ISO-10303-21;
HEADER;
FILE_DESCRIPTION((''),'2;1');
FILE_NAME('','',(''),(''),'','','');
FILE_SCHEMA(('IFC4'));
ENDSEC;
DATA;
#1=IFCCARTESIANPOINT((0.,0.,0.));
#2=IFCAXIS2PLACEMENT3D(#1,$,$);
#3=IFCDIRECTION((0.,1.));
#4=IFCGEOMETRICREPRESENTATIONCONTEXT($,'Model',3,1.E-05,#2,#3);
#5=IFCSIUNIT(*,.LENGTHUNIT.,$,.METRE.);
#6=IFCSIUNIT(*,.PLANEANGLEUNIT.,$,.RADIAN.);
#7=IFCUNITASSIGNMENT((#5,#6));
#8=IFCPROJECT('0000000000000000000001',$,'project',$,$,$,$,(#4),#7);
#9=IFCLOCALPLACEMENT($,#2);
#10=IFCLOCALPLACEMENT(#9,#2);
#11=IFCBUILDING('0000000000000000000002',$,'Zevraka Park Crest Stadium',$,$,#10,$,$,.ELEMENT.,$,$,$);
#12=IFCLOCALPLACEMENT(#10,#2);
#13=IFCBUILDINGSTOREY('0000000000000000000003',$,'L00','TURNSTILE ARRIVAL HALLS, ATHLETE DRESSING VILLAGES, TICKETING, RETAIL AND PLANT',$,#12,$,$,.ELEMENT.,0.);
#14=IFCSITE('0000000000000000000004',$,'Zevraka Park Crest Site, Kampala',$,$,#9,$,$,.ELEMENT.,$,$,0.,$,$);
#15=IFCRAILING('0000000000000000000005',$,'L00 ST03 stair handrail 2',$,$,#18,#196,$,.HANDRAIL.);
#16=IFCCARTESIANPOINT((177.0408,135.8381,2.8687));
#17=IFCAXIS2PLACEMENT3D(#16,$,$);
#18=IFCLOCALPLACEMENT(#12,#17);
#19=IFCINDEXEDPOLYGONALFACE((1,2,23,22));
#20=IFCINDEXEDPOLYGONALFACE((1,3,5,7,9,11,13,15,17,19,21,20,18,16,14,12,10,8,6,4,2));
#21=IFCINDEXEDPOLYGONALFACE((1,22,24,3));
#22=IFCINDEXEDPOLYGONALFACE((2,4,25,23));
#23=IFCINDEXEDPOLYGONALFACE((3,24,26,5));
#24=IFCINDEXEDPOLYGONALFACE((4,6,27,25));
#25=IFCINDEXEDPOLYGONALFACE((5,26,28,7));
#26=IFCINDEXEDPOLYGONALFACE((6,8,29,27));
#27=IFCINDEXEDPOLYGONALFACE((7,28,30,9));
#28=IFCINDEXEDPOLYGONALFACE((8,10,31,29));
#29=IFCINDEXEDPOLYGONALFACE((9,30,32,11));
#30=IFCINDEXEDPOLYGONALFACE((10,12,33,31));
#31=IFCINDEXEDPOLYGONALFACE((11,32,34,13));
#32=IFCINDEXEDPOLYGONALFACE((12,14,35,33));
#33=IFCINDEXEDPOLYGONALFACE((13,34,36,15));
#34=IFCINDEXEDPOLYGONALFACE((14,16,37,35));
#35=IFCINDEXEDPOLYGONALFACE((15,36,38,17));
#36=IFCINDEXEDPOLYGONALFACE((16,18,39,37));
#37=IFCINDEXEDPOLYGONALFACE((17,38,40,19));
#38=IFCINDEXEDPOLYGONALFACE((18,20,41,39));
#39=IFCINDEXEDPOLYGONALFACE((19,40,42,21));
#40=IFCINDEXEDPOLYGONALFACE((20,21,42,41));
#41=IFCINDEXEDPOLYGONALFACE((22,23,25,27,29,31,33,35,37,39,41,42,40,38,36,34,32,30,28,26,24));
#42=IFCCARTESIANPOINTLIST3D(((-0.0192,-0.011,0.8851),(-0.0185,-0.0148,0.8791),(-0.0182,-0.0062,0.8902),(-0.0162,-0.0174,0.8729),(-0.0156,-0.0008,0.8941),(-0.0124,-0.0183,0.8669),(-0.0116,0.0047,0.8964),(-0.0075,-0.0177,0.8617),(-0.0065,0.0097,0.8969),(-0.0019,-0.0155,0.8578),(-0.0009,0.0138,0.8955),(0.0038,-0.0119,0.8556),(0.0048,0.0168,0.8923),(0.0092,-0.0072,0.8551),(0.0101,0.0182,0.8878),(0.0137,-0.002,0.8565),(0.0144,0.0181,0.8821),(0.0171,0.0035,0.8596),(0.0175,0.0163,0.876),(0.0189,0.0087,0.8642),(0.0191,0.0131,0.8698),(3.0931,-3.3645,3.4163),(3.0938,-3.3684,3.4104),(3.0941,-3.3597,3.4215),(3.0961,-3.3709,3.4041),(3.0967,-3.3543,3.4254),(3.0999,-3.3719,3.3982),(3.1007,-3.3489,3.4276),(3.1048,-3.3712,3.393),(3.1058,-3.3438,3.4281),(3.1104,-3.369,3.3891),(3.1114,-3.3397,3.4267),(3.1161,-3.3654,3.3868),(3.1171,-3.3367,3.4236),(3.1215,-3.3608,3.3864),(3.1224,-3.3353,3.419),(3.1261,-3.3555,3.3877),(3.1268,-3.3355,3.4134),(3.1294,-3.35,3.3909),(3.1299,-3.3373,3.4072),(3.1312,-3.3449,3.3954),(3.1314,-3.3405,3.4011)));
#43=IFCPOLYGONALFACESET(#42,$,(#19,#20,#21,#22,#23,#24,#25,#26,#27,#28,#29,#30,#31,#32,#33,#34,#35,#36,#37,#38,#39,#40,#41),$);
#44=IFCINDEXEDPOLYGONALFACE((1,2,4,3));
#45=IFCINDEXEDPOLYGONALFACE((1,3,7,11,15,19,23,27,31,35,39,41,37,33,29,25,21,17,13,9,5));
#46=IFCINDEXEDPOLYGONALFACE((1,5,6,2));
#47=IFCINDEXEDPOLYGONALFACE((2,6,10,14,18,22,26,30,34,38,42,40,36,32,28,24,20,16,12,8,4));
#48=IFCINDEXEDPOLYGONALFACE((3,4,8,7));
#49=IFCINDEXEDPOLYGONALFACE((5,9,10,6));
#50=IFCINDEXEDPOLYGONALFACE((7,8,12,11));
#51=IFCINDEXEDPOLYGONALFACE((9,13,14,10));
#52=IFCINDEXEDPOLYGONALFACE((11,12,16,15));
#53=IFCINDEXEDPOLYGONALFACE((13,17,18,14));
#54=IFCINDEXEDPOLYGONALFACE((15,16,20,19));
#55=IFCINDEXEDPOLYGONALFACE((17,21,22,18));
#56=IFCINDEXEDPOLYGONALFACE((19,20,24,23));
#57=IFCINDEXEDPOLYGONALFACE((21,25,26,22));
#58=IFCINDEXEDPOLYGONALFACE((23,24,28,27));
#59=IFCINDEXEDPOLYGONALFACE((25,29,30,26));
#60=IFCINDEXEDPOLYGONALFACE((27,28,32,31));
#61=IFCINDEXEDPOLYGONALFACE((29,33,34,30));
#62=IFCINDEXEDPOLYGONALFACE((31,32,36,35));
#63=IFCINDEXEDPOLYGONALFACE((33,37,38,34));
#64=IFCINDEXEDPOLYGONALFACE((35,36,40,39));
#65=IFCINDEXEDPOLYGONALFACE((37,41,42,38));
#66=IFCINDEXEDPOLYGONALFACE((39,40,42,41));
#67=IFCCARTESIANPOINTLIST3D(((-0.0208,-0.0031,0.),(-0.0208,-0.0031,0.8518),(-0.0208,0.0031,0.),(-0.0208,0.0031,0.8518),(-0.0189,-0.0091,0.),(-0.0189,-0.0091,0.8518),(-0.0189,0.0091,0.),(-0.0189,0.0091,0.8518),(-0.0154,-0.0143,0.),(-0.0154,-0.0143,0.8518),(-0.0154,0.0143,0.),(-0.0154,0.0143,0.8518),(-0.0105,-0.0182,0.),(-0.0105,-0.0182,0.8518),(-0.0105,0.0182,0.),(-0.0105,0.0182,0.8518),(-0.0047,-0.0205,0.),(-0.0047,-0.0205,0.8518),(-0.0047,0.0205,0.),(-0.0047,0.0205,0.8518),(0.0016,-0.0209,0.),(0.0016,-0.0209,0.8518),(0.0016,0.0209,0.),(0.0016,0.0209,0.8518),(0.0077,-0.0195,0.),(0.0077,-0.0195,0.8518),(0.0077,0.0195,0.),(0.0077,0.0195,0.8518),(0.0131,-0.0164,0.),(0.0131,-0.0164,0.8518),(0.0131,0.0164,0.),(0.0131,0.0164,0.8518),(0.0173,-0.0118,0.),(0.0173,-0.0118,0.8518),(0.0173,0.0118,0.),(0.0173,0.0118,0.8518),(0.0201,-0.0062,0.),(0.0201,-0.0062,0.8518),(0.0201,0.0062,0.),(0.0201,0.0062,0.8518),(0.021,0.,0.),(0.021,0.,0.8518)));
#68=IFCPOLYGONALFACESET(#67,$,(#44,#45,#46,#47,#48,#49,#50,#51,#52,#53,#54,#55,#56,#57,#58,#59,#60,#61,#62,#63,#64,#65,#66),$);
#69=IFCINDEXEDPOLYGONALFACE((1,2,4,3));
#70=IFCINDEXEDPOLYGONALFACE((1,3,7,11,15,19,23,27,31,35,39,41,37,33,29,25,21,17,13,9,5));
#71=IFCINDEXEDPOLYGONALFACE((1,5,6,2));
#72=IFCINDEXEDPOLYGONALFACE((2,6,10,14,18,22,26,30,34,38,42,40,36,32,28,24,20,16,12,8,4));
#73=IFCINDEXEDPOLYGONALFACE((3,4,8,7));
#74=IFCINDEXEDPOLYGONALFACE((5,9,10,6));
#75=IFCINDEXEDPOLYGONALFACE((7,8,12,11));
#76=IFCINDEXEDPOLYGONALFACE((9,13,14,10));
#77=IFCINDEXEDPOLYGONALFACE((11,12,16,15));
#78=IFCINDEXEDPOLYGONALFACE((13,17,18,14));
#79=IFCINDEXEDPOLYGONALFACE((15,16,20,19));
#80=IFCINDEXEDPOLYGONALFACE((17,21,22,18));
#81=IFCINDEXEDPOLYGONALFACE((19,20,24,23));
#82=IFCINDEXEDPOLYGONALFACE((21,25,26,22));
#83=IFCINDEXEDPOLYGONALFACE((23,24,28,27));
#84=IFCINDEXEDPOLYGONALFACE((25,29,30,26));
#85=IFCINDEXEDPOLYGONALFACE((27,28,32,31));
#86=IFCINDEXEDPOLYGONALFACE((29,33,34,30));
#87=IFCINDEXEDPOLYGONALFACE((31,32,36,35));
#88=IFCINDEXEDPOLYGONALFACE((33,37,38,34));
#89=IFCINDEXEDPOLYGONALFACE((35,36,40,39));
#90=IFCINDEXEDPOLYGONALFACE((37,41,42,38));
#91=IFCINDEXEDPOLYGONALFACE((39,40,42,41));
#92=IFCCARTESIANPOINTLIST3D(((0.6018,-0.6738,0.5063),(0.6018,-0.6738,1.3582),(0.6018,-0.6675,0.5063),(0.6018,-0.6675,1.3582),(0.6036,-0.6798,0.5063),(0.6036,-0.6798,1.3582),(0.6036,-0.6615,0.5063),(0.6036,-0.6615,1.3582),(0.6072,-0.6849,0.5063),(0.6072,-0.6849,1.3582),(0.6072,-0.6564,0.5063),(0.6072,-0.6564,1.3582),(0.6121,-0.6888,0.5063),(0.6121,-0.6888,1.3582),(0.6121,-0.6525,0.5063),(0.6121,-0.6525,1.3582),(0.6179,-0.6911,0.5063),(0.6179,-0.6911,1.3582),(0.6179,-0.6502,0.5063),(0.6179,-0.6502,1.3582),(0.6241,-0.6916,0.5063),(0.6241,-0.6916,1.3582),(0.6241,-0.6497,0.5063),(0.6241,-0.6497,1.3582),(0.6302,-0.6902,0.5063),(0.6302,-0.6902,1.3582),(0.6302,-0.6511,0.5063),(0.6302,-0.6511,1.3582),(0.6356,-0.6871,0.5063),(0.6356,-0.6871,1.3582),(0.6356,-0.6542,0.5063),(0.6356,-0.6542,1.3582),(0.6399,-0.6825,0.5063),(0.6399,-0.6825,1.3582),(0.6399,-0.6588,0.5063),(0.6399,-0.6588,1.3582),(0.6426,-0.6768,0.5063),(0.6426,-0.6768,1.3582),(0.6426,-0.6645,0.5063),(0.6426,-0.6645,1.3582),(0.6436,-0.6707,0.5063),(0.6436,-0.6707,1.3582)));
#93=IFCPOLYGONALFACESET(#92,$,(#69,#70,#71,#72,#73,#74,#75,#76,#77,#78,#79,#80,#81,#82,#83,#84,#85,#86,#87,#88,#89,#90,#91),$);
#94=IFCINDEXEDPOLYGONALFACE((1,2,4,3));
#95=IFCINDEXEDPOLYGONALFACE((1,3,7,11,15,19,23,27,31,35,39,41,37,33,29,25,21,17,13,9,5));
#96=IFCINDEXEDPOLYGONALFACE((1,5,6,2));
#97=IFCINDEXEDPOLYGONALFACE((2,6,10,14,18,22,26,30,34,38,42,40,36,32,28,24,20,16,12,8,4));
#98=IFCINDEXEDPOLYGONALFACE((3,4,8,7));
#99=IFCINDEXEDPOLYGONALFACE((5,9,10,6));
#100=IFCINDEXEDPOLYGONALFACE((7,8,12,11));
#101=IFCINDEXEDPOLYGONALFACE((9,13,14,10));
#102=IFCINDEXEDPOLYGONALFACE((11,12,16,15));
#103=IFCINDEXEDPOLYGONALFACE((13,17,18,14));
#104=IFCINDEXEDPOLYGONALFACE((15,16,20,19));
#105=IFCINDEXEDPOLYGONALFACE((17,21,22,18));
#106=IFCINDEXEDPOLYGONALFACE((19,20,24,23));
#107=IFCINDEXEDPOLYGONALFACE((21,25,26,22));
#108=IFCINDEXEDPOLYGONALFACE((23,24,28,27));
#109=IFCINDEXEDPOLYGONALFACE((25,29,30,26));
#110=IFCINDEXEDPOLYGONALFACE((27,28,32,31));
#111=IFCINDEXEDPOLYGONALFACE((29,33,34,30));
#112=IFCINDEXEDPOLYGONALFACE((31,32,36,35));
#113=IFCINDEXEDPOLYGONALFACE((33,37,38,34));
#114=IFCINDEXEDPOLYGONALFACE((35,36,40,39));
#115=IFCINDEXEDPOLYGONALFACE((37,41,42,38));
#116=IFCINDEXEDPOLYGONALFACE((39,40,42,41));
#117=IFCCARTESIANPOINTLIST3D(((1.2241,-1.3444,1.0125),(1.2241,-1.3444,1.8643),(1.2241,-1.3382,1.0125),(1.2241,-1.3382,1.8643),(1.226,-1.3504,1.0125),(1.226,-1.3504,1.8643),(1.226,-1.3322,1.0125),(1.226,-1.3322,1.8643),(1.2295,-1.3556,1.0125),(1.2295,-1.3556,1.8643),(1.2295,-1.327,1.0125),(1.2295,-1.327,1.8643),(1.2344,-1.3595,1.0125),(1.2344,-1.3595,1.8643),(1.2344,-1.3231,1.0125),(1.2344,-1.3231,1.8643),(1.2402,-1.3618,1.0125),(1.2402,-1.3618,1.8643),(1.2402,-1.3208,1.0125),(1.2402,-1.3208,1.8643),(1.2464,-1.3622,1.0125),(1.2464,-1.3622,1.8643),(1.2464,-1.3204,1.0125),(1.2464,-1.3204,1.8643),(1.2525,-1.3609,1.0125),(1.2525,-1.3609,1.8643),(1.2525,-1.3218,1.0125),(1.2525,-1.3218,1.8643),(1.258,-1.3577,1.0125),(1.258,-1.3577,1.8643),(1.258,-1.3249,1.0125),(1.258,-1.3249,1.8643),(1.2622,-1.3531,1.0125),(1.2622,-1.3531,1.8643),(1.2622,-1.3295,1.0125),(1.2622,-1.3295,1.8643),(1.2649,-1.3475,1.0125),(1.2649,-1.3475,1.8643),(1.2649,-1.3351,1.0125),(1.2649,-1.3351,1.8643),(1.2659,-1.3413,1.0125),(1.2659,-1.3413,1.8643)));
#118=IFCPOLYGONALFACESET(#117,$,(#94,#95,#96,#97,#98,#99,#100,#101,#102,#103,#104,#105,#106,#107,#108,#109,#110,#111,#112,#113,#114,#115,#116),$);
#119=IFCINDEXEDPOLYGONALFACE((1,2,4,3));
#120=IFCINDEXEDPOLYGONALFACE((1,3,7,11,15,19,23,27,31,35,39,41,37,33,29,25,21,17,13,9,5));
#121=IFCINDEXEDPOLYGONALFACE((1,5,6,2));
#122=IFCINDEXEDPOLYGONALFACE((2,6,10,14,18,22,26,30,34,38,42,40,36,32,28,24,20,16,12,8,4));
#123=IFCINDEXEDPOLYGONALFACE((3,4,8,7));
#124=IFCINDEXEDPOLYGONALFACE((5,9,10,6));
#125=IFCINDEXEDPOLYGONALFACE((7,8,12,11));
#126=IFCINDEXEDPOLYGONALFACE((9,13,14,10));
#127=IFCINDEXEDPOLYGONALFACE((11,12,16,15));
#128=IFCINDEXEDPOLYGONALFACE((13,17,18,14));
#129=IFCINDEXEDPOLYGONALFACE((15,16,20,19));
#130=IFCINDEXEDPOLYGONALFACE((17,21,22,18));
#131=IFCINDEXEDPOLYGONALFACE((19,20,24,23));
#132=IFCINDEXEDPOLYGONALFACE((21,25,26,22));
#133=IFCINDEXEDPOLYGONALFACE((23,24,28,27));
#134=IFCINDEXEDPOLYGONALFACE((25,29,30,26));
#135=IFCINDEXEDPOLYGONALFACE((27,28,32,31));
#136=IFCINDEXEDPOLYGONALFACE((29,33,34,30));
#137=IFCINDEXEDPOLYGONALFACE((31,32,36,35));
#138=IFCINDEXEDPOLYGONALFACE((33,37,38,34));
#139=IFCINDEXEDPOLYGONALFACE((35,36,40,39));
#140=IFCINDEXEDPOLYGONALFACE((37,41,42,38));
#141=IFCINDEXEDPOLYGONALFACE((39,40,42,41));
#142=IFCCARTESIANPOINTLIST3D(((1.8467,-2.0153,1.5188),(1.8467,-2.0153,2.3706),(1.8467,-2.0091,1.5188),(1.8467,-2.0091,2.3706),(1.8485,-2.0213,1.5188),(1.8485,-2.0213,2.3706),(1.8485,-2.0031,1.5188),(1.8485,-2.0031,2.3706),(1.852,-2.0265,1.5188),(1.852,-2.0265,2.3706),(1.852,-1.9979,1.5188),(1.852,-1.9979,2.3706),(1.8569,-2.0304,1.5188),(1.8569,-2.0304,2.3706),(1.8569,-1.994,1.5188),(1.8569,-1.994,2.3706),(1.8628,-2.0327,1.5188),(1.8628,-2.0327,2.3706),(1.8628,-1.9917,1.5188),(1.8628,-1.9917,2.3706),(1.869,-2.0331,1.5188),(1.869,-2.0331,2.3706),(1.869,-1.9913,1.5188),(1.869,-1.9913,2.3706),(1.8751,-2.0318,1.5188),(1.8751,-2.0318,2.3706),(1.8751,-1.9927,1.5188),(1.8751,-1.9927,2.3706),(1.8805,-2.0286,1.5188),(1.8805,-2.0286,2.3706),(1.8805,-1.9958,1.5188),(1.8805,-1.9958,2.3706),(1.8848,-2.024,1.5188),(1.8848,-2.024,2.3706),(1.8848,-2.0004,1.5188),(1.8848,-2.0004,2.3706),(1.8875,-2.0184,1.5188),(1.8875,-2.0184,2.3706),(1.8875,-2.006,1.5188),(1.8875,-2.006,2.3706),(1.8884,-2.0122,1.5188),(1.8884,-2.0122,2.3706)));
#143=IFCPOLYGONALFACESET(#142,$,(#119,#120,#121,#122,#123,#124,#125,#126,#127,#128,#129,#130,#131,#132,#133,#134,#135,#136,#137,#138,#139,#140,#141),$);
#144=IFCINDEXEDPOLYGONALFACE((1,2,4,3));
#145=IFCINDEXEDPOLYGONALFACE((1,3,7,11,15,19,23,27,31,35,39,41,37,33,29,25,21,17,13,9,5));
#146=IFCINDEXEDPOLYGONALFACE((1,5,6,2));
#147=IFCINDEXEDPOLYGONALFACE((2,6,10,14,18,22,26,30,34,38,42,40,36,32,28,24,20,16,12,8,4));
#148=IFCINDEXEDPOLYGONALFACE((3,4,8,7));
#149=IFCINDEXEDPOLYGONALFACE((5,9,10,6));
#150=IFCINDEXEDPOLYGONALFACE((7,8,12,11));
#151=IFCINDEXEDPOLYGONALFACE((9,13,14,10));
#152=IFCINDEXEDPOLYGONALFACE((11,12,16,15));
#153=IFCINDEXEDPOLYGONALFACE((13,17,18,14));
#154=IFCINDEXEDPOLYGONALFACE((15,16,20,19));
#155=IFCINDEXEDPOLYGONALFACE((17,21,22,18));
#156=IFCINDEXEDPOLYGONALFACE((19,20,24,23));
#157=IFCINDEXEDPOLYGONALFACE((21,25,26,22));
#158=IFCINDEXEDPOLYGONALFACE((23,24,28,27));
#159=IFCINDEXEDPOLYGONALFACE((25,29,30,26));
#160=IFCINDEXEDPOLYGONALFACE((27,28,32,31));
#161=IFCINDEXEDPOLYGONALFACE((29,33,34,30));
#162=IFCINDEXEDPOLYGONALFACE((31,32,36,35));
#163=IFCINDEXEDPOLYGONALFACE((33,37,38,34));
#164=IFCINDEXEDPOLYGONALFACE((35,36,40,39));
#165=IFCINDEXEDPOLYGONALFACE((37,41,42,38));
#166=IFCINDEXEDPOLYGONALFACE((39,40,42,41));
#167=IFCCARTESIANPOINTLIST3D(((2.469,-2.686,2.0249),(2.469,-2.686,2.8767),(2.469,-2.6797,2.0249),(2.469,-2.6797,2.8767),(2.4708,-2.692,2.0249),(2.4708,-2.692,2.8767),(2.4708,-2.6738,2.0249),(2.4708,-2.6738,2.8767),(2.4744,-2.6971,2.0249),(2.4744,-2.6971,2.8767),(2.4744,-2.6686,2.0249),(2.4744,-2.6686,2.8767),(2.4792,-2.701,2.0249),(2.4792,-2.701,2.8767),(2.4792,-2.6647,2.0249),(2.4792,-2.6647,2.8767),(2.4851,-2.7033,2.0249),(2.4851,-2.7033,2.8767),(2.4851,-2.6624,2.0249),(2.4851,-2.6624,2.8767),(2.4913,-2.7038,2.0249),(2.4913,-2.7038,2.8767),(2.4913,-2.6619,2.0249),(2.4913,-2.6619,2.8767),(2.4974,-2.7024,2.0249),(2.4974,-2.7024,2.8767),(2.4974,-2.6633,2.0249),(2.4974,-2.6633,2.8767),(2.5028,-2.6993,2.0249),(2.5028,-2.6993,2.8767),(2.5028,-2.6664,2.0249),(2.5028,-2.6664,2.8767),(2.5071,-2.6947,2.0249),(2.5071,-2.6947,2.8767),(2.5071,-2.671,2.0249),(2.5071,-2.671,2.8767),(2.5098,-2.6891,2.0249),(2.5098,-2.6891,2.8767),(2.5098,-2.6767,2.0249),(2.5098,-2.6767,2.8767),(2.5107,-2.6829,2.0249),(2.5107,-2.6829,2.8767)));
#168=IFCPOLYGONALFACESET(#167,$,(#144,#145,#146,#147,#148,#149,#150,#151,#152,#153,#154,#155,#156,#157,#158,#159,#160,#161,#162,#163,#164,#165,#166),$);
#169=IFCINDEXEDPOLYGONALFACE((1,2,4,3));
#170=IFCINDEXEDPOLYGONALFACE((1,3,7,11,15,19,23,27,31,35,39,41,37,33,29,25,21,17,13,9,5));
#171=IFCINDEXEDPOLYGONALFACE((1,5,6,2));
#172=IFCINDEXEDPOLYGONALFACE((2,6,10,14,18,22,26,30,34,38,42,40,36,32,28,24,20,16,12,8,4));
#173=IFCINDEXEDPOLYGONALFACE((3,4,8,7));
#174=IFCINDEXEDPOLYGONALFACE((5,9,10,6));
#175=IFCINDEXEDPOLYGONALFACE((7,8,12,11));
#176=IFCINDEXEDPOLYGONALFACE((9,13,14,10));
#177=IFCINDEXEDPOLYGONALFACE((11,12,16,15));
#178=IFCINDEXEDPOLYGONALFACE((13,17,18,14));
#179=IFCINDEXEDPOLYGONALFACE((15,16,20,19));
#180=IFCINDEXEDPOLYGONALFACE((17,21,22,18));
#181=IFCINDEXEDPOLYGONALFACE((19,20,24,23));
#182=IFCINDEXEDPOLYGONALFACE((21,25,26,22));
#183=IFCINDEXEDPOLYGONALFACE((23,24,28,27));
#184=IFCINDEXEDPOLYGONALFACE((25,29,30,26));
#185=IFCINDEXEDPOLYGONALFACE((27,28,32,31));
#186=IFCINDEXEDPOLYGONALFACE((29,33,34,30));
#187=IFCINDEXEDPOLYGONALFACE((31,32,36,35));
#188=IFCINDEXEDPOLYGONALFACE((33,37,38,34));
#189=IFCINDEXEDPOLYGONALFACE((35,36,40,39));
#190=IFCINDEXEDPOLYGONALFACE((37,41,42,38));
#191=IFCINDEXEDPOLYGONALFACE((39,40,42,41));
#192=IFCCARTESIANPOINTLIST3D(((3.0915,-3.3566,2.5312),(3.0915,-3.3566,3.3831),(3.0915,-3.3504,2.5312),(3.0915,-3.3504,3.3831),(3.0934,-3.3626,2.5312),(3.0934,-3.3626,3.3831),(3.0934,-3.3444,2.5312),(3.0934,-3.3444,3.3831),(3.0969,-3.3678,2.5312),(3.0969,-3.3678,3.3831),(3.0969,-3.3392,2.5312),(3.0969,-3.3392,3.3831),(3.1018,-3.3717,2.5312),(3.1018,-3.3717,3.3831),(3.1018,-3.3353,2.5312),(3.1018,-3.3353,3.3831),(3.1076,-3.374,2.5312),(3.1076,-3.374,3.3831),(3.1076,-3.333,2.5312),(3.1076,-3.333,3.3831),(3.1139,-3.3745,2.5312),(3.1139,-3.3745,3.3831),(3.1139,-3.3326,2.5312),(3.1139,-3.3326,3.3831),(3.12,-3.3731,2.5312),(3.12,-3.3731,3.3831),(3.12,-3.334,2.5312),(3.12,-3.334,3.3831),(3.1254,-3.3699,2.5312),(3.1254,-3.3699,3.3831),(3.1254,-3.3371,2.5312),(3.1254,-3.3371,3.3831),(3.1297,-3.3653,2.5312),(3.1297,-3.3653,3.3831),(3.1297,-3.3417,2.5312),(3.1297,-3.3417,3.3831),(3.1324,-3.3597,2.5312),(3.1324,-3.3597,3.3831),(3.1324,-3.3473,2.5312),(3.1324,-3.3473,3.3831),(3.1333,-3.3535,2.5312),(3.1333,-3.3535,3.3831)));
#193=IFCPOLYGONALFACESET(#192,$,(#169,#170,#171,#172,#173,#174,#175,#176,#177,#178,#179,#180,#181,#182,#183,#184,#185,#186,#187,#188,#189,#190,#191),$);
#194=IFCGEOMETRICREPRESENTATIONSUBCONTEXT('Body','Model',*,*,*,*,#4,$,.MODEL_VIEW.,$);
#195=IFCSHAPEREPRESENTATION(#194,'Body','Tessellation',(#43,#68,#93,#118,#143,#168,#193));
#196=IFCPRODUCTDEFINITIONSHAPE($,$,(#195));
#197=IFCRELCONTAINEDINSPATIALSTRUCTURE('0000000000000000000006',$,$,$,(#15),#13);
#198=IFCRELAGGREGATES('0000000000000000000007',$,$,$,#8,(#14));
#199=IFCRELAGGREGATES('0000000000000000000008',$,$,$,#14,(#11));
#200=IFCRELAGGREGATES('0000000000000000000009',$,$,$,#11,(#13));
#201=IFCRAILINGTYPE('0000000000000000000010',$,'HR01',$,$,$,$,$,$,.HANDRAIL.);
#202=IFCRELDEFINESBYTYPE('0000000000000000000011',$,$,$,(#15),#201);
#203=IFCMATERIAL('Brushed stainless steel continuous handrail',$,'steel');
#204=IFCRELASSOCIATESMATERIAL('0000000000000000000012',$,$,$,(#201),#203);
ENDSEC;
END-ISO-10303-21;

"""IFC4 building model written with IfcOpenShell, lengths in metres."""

from ifc_helpers import new_model, si_unit, direction, frame, origin, origin_2d, place, context, subcontext, project, spatial, circle, extrude, material, type_object, element, save


model = new_model("IFC4")

# Units and contexts
model_context = context("Model", 3, precision=1e-05, world=origin(), true_north=direction((0.0, 1.0)))
body_context = subcontext(model_context, "Body", "Model", "MODEL_VIEW")
ifc_project = project(units=[si_unit("LENGTHUNIT", "METRE"), si_unit("PLANEANGLEUNIT", "RADIAN")], contexts=[model_context])

# Site, building, storey
site_placement = place(None, origin())
site = spatial("IfcSite", under=ifc_project, at=site_placement, Name="Zevraka Park Crest Site, Kampala", CompositionType="ELEMENT", RefElevation=0.0)
building_placement = place(site_placement, origin())
building = spatial("IfcBuilding", under=site, at=building_placement, Name="Zevraka Park Crest Stadium", CompositionType="ELEMENT")
storey_placement = place(building_placement, origin())
storey = spatial("IfcBuildingStorey", under=building, at=storey_placement, Name="L00", Description="TURNSTILE ARRIVAL HALLS, ATHLETE DRESSING VILLAGES, TICKETING, RETAIL AND PLANT", CompositionType="ELEMENT", Elevation=0.0)

# Railing
ifc_material_1 = material(Name="Brushed stainless steel continuous handrail", Category="steel")
railing_type_1 = type_object("IfcRailingType", Name="HR01", PredefinedType="HANDRAIL", material=ifc_material_1)
railing_1_placement = place(storey_placement, frame((177.0408, 135.8381, 2.8687)))
element("IfcRailing", 1, at=railing_1_placement, inside=storey, type_object=railing_type_1, Name="L00 ST03 stair handrail 2", PredefinedType="HANDRAIL", context=body_context, shape_type="SweptSolid", body=[
    extrude(circle(Radius=0.0239, at=origin_2d()), frame((0.0, 0.0, 0.876), z_axis=(0.59523, -0.641362, 0.484103), x_axis=(0.732976, 0.680255, 0.0)), (0.0, 0.0, 1.0), 5.2288),
    extrude(circle(Radius=0.021, at=origin_2d()), origin(), (0.0, 0.0, 1.0), 0.8518),
    extrude(circle(Radius=0.021, at=origin_2d()), frame((0.6226, -0.6707, 0.5063)), (0.0, 0.0, 1.0), 0.8518),
    extrude(circle(Radius=0.021, at=origin_2d()), frame((1.2449, -1.3413, 1.0125)), (0.0, 0.0, 1.0), 0.8518),
    extrude(circle(Radius=0.021, at=origin_2d()), frame((1.8674, -2.0122, 1.5188)), (0.0, 0.0, 1.0), 0.8518),
    extrude(circle(Radius=0.021, at=origin_2d()), frame((2.4897, -2.6829, 2.0249)), (0.0, 0.0, 1.0), 0.8518),
    extrude(circle(Radius=0.021, at=origin_2d()), frame((3.1123, -3.3535, 2.5312)), (0.0, 0.0, 1.0), 0.8518),
])

save(model, "model.ifc")
